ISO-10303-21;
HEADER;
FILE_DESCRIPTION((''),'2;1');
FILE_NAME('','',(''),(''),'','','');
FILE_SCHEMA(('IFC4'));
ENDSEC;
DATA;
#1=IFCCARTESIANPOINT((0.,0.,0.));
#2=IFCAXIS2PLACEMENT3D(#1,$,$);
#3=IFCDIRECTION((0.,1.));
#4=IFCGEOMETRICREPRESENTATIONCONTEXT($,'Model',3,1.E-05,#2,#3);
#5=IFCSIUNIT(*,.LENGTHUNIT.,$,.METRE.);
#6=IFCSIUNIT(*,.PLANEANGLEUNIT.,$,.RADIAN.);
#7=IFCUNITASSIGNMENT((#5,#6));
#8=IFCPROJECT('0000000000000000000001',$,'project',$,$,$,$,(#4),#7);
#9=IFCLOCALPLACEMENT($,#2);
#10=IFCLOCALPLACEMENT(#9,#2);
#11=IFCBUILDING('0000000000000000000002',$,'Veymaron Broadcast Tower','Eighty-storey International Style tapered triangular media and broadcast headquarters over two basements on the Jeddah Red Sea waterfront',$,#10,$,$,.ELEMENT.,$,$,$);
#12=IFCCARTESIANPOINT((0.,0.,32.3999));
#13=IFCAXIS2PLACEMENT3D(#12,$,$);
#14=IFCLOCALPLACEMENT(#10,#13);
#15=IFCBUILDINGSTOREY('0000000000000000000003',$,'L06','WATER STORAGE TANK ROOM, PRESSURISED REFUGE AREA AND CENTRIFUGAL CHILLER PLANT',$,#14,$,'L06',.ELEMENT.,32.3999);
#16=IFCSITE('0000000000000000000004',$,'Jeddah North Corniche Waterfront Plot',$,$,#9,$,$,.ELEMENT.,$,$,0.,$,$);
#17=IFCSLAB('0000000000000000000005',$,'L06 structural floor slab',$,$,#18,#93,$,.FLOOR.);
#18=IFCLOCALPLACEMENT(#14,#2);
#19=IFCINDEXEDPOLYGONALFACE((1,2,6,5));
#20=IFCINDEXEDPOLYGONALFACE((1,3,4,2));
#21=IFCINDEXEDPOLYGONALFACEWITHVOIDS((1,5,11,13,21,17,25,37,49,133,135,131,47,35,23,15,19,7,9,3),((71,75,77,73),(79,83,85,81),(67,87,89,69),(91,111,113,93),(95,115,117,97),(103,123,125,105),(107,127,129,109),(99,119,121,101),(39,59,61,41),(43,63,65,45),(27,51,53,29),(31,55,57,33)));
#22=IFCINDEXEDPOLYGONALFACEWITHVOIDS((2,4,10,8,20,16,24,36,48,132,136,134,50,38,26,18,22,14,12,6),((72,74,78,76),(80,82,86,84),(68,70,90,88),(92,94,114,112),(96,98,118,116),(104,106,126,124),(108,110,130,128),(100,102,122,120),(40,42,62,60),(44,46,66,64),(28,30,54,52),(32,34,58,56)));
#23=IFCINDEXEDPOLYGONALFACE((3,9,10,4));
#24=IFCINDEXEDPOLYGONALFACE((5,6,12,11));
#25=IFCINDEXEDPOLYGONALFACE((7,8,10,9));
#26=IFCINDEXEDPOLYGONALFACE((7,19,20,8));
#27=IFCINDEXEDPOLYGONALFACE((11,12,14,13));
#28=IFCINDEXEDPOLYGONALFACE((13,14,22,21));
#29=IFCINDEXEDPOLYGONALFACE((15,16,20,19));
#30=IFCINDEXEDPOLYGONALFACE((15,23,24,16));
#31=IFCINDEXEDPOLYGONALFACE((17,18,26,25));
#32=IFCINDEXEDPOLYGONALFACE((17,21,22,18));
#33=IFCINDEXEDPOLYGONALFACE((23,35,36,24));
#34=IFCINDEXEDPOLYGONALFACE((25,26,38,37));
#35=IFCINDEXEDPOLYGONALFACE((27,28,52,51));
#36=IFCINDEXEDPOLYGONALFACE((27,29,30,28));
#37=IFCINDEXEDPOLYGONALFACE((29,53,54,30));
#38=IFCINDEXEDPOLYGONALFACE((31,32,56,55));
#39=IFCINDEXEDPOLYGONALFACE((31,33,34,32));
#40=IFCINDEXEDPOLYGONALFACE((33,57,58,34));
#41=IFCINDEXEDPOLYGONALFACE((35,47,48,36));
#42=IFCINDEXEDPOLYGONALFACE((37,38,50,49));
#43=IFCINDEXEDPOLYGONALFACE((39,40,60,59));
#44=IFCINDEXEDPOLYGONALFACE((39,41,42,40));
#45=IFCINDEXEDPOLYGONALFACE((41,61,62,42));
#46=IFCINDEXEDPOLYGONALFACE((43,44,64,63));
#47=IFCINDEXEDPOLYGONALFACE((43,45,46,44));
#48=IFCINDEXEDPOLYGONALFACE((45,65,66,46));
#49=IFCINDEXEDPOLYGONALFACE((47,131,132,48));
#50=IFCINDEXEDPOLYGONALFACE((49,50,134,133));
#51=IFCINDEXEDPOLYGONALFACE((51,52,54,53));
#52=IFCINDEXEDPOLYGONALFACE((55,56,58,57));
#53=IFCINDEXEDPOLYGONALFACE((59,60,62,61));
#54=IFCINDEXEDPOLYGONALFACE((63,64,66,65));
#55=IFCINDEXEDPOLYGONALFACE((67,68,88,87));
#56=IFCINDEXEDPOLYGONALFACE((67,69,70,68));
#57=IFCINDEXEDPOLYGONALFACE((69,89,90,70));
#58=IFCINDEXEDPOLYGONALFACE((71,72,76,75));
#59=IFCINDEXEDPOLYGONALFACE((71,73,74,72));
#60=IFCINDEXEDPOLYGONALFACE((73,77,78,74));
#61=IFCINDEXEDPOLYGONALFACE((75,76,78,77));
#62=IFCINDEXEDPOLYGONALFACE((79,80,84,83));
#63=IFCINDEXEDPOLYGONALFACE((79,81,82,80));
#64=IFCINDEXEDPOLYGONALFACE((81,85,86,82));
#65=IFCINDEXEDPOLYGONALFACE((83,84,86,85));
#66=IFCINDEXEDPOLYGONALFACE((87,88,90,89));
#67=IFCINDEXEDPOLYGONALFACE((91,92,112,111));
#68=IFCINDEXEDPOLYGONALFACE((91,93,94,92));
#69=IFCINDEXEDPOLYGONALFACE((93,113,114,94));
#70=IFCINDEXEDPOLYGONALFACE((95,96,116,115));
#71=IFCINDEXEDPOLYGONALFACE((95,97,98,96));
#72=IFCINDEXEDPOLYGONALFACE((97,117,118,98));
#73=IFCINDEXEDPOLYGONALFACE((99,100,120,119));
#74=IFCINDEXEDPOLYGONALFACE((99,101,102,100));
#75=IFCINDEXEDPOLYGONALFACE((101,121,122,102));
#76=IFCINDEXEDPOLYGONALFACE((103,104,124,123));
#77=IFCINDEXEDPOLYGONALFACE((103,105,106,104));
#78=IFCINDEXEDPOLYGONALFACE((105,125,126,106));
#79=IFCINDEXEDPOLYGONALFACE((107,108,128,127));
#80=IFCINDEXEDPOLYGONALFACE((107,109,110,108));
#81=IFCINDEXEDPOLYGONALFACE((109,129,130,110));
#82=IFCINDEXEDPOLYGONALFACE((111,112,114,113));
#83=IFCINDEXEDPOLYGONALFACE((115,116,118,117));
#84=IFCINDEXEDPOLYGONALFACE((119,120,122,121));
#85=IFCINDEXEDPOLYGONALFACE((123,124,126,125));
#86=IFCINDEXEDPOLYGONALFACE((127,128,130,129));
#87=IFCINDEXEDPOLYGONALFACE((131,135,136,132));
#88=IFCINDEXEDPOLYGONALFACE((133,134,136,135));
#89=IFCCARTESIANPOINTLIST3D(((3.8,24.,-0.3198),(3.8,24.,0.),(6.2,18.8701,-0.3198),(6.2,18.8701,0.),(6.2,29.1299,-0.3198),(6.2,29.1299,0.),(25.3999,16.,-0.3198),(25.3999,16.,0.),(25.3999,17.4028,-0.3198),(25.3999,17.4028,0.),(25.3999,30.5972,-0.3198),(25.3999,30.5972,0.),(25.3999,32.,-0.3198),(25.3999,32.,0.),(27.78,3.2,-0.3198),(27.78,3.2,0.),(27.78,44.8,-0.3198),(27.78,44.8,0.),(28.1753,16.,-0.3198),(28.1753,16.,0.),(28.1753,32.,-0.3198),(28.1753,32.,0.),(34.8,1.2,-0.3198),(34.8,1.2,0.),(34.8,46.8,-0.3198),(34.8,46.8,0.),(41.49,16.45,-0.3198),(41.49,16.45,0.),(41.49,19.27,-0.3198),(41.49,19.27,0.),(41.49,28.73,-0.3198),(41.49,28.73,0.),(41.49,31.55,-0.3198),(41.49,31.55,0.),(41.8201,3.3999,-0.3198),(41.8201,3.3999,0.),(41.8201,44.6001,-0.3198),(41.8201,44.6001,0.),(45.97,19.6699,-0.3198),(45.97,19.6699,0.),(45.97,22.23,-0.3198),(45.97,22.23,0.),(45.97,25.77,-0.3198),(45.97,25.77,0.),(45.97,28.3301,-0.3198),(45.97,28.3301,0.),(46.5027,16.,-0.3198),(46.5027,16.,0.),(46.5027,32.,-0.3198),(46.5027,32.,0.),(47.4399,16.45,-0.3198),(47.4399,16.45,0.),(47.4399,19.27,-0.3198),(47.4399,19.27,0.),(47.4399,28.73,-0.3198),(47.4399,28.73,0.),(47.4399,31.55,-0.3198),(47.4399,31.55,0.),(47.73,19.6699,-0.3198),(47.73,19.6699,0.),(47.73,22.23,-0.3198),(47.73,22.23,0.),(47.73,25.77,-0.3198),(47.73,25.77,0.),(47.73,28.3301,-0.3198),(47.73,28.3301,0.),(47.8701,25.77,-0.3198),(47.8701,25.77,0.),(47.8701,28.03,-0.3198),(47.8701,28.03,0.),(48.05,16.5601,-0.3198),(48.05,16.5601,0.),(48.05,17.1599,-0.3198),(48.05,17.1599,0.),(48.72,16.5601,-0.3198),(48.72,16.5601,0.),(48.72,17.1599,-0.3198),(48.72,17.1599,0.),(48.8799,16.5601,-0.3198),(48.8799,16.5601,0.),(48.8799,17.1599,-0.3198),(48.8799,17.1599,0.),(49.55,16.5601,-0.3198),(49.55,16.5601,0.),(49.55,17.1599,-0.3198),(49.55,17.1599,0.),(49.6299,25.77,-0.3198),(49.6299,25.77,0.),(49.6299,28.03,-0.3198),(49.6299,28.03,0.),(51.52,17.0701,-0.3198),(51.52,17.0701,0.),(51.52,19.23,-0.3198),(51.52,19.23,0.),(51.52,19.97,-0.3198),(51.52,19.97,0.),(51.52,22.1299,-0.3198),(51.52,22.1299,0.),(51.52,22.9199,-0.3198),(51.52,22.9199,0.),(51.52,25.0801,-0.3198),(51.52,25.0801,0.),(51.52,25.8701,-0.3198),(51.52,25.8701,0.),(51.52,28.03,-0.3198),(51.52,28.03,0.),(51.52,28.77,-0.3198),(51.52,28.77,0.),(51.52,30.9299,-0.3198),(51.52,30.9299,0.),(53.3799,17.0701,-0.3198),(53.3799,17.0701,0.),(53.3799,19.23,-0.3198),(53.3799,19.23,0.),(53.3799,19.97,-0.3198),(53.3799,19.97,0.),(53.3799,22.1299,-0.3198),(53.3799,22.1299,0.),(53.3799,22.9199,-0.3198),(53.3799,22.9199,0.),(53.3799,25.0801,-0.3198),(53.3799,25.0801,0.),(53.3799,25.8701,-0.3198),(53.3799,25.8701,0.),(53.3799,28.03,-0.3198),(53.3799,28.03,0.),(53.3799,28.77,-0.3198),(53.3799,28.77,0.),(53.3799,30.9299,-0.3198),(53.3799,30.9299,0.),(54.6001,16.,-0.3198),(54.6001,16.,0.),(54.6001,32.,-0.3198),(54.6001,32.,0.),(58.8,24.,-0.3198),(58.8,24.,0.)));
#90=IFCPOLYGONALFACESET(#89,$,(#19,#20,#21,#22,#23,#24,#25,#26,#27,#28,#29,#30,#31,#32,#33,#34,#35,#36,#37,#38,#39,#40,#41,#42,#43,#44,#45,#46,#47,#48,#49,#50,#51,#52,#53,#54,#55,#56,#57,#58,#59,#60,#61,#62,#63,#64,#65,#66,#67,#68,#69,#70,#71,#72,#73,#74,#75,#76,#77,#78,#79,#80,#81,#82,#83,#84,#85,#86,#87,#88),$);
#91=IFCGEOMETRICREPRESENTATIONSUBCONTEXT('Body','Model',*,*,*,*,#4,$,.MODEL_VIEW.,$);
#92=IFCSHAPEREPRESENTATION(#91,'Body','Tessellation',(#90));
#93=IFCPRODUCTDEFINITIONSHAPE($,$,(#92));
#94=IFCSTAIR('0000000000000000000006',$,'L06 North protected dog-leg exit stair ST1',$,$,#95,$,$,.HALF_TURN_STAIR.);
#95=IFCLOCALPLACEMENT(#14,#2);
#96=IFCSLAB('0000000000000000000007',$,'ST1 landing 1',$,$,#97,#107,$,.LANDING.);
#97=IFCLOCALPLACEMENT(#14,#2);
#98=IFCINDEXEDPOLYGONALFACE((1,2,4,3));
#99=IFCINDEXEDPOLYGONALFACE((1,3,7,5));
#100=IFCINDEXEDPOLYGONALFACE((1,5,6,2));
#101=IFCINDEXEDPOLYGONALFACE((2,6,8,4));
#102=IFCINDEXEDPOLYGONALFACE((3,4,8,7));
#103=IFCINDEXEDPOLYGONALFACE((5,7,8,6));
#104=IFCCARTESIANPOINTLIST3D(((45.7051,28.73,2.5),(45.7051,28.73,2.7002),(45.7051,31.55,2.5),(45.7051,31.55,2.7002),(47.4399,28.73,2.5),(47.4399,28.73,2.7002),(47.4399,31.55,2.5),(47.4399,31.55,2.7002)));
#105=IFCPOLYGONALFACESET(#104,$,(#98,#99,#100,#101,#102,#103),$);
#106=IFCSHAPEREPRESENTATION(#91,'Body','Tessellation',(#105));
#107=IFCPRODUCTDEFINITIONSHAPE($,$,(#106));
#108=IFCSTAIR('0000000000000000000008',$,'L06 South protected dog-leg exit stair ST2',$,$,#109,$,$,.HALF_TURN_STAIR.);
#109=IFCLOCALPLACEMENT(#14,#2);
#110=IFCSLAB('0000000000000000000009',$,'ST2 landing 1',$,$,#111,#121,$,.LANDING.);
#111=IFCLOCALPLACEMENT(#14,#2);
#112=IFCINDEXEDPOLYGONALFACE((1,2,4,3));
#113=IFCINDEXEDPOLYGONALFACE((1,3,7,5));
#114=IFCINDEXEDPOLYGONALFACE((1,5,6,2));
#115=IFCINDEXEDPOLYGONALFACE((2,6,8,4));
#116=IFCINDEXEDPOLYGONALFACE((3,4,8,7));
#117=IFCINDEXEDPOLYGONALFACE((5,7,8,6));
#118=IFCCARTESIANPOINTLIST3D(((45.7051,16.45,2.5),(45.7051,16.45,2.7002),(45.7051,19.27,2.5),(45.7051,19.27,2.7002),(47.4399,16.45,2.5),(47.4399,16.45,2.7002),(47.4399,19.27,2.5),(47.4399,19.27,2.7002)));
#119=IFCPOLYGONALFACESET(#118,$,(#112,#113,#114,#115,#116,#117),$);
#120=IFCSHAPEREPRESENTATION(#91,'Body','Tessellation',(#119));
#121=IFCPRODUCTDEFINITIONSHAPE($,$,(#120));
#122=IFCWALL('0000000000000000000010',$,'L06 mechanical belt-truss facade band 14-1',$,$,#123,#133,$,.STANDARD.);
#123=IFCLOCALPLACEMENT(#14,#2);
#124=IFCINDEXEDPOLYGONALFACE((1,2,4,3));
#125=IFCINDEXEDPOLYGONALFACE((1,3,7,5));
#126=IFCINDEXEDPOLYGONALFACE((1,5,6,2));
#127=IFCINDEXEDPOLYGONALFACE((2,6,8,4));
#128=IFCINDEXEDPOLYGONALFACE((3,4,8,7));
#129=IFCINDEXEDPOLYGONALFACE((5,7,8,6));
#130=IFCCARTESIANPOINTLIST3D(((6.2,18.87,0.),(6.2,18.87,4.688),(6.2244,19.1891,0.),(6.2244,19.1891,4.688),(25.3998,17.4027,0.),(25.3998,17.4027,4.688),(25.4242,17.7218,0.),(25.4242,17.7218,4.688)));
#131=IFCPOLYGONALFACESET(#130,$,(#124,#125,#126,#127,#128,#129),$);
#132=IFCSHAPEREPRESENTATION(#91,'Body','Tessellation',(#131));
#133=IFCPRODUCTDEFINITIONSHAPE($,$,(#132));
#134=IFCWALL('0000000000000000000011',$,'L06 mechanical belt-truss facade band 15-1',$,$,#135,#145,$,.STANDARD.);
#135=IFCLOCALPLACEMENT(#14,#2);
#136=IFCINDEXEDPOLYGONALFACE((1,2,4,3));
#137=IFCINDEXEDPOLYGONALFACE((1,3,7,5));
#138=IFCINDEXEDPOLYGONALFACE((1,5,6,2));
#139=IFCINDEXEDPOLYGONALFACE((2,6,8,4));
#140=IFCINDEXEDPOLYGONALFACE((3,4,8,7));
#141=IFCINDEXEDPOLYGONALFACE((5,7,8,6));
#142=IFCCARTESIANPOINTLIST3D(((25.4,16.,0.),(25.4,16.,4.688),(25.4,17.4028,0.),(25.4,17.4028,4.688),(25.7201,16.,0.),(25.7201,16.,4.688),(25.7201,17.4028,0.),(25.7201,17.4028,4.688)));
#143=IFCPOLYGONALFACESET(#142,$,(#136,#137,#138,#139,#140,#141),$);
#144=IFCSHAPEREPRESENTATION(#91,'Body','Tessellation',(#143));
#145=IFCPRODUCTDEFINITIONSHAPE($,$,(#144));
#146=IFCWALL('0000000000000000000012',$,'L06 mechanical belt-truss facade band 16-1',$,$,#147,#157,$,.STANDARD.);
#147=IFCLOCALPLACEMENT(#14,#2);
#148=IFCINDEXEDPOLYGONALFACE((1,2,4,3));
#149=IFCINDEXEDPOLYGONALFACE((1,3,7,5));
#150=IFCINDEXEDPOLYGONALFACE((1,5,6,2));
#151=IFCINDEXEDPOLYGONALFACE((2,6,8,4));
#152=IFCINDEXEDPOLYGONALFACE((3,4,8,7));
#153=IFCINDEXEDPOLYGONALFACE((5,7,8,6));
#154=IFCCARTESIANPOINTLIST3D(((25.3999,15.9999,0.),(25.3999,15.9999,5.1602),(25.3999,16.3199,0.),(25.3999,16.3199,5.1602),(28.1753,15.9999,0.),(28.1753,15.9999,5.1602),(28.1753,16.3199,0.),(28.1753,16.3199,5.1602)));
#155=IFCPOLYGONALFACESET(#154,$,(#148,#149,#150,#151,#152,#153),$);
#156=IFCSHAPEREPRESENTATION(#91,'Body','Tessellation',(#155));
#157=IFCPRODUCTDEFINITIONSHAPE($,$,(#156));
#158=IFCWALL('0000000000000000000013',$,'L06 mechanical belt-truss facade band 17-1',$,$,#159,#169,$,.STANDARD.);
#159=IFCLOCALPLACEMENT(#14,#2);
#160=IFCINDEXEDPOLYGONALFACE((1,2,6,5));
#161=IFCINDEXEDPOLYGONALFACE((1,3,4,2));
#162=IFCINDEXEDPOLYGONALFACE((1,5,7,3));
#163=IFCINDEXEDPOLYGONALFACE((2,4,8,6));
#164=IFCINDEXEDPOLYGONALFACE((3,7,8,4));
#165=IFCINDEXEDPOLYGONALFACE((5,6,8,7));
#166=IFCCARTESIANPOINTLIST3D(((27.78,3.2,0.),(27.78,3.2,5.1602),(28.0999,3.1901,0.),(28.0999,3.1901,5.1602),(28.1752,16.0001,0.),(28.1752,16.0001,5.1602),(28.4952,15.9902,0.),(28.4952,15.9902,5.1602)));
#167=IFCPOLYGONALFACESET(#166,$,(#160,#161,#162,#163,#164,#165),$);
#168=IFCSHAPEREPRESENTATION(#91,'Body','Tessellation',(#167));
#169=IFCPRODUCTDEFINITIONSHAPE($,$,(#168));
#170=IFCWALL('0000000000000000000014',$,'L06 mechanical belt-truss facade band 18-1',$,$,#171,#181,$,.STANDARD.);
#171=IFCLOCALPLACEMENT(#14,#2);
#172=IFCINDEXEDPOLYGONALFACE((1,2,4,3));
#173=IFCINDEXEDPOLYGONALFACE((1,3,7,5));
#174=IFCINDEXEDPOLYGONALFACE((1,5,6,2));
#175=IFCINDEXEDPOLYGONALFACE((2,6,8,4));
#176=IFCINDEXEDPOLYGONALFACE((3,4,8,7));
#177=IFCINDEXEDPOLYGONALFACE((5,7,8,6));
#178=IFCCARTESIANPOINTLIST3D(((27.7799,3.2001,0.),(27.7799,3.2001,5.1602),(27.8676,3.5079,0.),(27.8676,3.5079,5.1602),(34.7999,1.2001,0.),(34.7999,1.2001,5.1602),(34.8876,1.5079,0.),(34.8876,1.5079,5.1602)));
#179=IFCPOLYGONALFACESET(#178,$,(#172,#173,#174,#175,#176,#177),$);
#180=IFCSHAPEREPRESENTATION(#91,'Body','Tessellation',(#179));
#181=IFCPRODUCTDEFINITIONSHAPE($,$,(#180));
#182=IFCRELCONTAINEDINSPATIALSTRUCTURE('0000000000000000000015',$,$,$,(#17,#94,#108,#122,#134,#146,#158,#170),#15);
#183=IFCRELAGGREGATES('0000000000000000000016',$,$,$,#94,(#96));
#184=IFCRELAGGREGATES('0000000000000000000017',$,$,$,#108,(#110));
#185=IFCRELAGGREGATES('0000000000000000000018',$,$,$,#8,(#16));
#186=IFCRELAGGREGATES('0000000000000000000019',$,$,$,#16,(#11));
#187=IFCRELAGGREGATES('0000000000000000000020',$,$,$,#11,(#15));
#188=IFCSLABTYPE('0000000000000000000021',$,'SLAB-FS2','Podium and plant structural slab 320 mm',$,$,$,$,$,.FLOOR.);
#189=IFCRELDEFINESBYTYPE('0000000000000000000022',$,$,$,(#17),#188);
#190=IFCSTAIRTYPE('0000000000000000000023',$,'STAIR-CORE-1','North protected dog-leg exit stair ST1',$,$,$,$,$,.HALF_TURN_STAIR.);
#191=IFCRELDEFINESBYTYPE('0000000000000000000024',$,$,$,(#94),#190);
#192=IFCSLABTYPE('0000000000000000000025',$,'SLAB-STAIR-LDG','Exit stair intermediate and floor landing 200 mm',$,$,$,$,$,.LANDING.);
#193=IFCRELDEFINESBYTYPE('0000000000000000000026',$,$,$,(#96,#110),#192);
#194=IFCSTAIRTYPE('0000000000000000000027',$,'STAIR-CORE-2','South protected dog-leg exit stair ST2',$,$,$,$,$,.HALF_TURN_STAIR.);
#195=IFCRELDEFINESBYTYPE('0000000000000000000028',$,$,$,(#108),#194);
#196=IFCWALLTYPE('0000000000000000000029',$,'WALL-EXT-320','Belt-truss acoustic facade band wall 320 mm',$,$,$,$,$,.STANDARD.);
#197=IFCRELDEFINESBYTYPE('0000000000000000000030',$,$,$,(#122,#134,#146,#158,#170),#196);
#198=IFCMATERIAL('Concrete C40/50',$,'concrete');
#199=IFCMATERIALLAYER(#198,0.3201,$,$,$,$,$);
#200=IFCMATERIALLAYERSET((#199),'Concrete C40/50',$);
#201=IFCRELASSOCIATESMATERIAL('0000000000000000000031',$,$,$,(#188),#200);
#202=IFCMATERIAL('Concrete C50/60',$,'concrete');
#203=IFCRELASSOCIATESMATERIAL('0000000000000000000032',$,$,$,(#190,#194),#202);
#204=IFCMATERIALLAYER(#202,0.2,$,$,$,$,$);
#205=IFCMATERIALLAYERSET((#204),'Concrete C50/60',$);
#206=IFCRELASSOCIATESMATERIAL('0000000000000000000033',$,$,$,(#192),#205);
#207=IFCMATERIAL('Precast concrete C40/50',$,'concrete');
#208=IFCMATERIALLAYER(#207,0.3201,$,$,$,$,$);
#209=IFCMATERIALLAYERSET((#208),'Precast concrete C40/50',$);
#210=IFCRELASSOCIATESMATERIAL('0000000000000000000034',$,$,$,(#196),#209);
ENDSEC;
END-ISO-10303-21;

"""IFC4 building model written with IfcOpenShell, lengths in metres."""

from ifc_helpers import new_model, si_unit, direction, frame, frame_2d, origin, place, context, subcontext, project, spatial, polyline, rectangle, outline, extrude, material, layer, layer_set, type_object, element, aggregate, save


model = new_model("IFC4")

# Units and contexts
model_context = context("Model", 3, precision=1e-05, world=origin(), true_north=direction((0.0, 1.0)))
body_context = subcontext(model_context, "Body", "Model", "MODEL_VIEW")
ifc_project = project(units=[si_unit("LENGTHUNIT", "METRE"), si_unit("PLANEANGLEUNIT", "RADIAN")], contexts=[model_context])

# Site, building, storey
site_placement = place(None, origin())
site = spatial("IfcSite", under=ifc_project, at=site_placement, Name="Jeddah North Corniche Waterfront Plot", CompositionType="ELEMENT", RefElevation=0.0)
building_placement = place(site_placement, origin())
building = spatial("IfcBuilding", under=site, at=building_placement, Name="Veymaron Broadcast Tower", Description="Eighty-storey International Style tapered triangular media and broadcast headquarters over two basements on the Jeddah Red Sea waterfront", CompositionType="ELEMENT")
storey_placement = place(building_placement, frame((0.0, 0.0, 32.3999)))
storey = spatial("IfcBuildingStorey", under=building, at=storey_placement, Name="L06", Description="WATER STORAGE TANK ROOM, PRESSURISED REFUGE AREA AND CENTRIFUGAL CHILLER PLANT", LongName="L06", CompositionType="ELEMENT", Elevation=32.3999)

# Slab
ifc_material_1 = material(Name="Concrete C40/50", Category="concrete")
ifc_layer_1 = layer(ifc_material_1, 0.3201)
ifc_layer_set_1 = layer_set([ifc_layer_1], Name="Concrete C40/50")
slab_type_1 = type_object("IfcSlabType", Name="SLAB-FS2", Description="Podium and plant structural slab 320 mm", PredefinedType="FLOOR", material=ifc_layer_set_1)
slab_1_placement = place(storey_placement, frame((0.0, 0.0, -0.3198)))
element("IfcSlab", 1, at=slab_1_placement, inside=storey, type_object=slab_type_1, Name="L06 structural floor slab", PredefinedType="FLOOR", context=body_context, shape_type="SweptSolid", body=[
    extrude(outline(polyline([(46.5027, 16.0), (54.6001, 16.0), (58.8, 24.0), (54.6001, 32.0), (46.5027, 32.0), (41.8201, 44.6001), (34.8, 46.8), (27.78, 44.8), (28.1753, 32.0), (25.3999, 32.0), (25.3999, 30.5972), (6.2, 29.1299), (3.8, 24.0), (6.2, 18.8701), (25.3999, 17.4028), (25.3999, 16.0), (28.1753, 16.0), (27.78, 3.2), (34.8, 1.2), (41.8201, 3.3999), (46.5027, 16.0)]), holes=[polyline([(45.97, 28.3301), (47.73, 28.3301), (47.73, 25.77), (45.97, 25.77), (45.97, 28.3301)]), polyline([(45.97, 22.23), (47.73, 22.23), (47.73, 19.6699), (45.97, 19.6699), (45.97, 22.23)]), polyline([(47.8701, 28.03), (49.6299, 28.03), (49.6299, 25.77), (47.8701, 25.77), (47.8701, 28.03)]), polyline([(51.52, 30.9299), (53.3799, 30.9299), (53.3799, 28.77), (51.52, 28.77), (51.52, 30.9299)]), polyline([(51.52, 28.03), (53.3799, 28.03), (53.3799, 25.8701), (51.52, 25.8701), (51.52, 28.03)]), polyline([(51.52, 22.1299), (53.3799, 22.1299), (53.3799, 19.97), (51.52, 19.97), (51.52, 22.1299)]), polyline([(51.52, 25.0801), (53.3799, 25.0801), (53.3799, 22.9199), (51.52, 22.9199), (51.52, 25.0801)]), polyline([(51.52, 19.23), (53.3799, 19.23), (53.3799, 17.0701), (51.52, 17.0701), (51.52, 19.23)]), polyline([(48.05, 17.1599), (48.72, 17.1599), (48.72, 16.5601), (48.05, 16.5601), (48.05, 17.1599)]), polyline([(48.8799, 17.1599), (49.55, 17.1599), (49.55, 16.5601), (48.8799, 16.5601), (48.8799, 17.1599)]), polyline([(41.49, 31.55), (47.4399, 31.55), (47.4399, 28.73), (41.49, 28.73), (41.49, 31.55)]), polyline([(41.49, 19.27), (47.4399, 19.27), (47.4399, 16.45), (41.49, 16.45), (41.49, 19.27)])]), origin(), (0.0, 0.0, 1.0), 0.3198),
])

# Stairs, slabs
ifc_material_2 = material(Name="Concrete C50/60", Category="concrete")
stair_type_1 = type_object("IfcStairType", Name="STAIR-CORE-1", Description="North protected dog-leg exit stair ST1", PredefinedType="HALF_TURN_STAIR", material=ifc_material_2)
stair_1_placement = place(storey_placement, origin())
stair_1 = element("IfcStair", 2, at=stair_1_placement, inside=storey, type_object=stair_type_1, Name="L06 North protected dog-leg exit stair ST1", PredefinedType="HALF_TURN_STAIR")
ifc_layer_2 = layer(ifc_material_2, 0.2)
ifc_layer_set_2 = layer_set([ifc_layer_2], Name="Concrete C50/60")
slab_type_2 = type_object("IfcSlabType", Name="SLAB-STAIR-LDG", Description="Exit stair intermediate and floor landing 200 mm", PredefinedType="LANDING", material=ifc_layer_set_2)
slab_2_placement = place(storey_placement, frame((0.0, 0.0, 2.5)))
slab_2 = element("IfcSlab", 3, at=slab_2_placement, type_object=slab_type_2, Name="ST1 landing 1", PredefinedType="LANDING", context=body_context, shape_type="SweptSolid", body=[
    extrude(outline(polyline([(45.7051, 28.73), (47.4399, 28.73), (47.4399, 31.55), (45.7051, 31.55), (45.7051, 28.73)])), origin(), (0.0, 0.0, 1.0), 0.2002),
])
aggregate(stair_1, [slab_2])
stair_type_2 = type_object("IfcStairType", Name="STAIR-CORE-2", Description="South protected dog-leg exit stair ST2", PredefinedType="HALF_TURN_STAIR", material=ifc_material_2)
stair_2_placement = place(storey_placement, origin())
stair_2 = element("IfcStair", 4, at=stair_2_placement, inside=storey, type_object=stair_type_2, Name="L06 South protected dog-leg exit stair ST2", PredefinedType="HALF_TURN_STAIR")
slab_3_placement = place(storey_placement, frame((0.0, 0.0, 2.5)))
slab_3 = element("IfcSlab", 5, at=slab_3_placement, type_object=slab_type_2, Name="ST2 landing 1", PredefinedType="LANDING", context=body_context, shape_type="SweptSolid", body=[
    extrude(outline(polyline([(45.7051, 16.45), (47.4399, 16.45), (47.4399, 19.27), (45.7051, 19.27), (45.7051, 16.45)])), origin(), (0.0, 0.0, 1.0), 0.2002),
])
aggregate(stair_2, [slab_3])

# Walls
ifc_material_3 = material(Name="Precast concrete C40/50", Category="concrete")
ifc_layer_3 = layer(ifc_material_3, 0.3201)
ifc_layer_set_3 = layer_set([ifc_layer_3], Name="Precast concrete C40/50")
wall_type_1 = type_object("IfcWallType", Name="WALL-EXT-320", Description="Belt-truss acoustic facade band wall 320 mm", PredefinedType="STANDARD", material=ifc_layer_set_3)
wall_1_placement = place(storey_placement, frame((6.2122, 19.0295, 0.0), z_axis=(0.0, 0.0, 1.0), x_axis=(0.997093, -0.076199, 0.0)))
element("IfcWall", 6, at=wall_1_placement, inside=storey, type_object=wall_type_1, Name="L06 mechanical belt-truss facade band 14-1", PredefinedType="STANDARD", context=body_context, shape_type="SweptSolid", body=[
    extrude(rectangle(XDim=19.2559, YDim=0.3201, at=frame_2d((9.6279, 0.0))), origin(), (0.0, 0.0, 1.0), 4.688),
])
wall_2_placement = place(storey_placement, frame((25.5601, 17.4028, 0.0), z_axis=(0.0, 0.0, 1.0), x_axis=(0.0, -1.0, 0.0)))
element("IfcWall", 7, at=wall_2_placement, inside=storey, type_object=wall_type_1, Name="L06 mechanical belt-truss facade band 15-1", PredefinedType="STANDARD", context=body_context, shape_type="SweptSolid", body=[
    extrude(rectangle(XDim=1.4028, YDim=0.3201, at=frame_2d((0.7014, 0.0))), origin(), (0.0, 0.0, 1.0), 4.688),
])
wall_3_placement = place(storey_placement, frame((25.3999, 16.1599, 0.0), z_axis=(0.0, 0.0, 1.0), x_axis=(1.0, 0.0, 0.0)))
element("IfcWall", 8, at=wall_3_placement, inside=storey, type_object=wall_type_1, Name="L06 mechanical belt-truss facade band 16-1", PredefinedType="STANDARD", context=body_context, shape_type="SweptSolid", body=[
    extrude(rectangle(XDim=2.7754, YDim=0.3201, at=frame_2d((1.3877, 0.0))), origin(), (0.0, 0.0, 1.0), 5.1602),
])
wall_4_placement = place(storey_placement, frame((28.3352, 15.9951, 0.0), z_axis=(0.0, 0.0, 1.0), x_axis=(-0.030865, -0.999524, 0.0)))
element("IfcWall", 9, at=wall_4_placement, inside=storey, type_object=wall_type_1, Name="L06 mechanical belt-truss facade band 17-1", PredefinedType="STANDARD", context=body_context, shape_type="SweptSolid", body=[
    extrude(rectangle(XDim=12.8062, YDim=0.3201, at=frame_2d((6.4031, 0.0))), origin(), (0.0, 0.0, 1.0), 5.1602),
])
wall_5_placement = place(storey_placement, frame((27.8237, 3.354, 0.0), z_axis=(0.0, 0.0, 1.0), x_axis=(0.961731, -0.273997, 0.0)))
element("IfcWall", 10, at=wall_5_placement, inside=storey, type_object=wall_type_1, Name="L06 mechanical belt-truss facade band 18-1", PredefinedType="STANDARD", context=body_context, shape_type="SweptSolid", body=[
    extrude(rectangle(XDim=7.2993, YDim=0.3201, at=frame_2d((3.6497, 0.0))), origin(), (0.0, 0.0, 1.0), 5.1602),
])

save(model, "model.ifc")
